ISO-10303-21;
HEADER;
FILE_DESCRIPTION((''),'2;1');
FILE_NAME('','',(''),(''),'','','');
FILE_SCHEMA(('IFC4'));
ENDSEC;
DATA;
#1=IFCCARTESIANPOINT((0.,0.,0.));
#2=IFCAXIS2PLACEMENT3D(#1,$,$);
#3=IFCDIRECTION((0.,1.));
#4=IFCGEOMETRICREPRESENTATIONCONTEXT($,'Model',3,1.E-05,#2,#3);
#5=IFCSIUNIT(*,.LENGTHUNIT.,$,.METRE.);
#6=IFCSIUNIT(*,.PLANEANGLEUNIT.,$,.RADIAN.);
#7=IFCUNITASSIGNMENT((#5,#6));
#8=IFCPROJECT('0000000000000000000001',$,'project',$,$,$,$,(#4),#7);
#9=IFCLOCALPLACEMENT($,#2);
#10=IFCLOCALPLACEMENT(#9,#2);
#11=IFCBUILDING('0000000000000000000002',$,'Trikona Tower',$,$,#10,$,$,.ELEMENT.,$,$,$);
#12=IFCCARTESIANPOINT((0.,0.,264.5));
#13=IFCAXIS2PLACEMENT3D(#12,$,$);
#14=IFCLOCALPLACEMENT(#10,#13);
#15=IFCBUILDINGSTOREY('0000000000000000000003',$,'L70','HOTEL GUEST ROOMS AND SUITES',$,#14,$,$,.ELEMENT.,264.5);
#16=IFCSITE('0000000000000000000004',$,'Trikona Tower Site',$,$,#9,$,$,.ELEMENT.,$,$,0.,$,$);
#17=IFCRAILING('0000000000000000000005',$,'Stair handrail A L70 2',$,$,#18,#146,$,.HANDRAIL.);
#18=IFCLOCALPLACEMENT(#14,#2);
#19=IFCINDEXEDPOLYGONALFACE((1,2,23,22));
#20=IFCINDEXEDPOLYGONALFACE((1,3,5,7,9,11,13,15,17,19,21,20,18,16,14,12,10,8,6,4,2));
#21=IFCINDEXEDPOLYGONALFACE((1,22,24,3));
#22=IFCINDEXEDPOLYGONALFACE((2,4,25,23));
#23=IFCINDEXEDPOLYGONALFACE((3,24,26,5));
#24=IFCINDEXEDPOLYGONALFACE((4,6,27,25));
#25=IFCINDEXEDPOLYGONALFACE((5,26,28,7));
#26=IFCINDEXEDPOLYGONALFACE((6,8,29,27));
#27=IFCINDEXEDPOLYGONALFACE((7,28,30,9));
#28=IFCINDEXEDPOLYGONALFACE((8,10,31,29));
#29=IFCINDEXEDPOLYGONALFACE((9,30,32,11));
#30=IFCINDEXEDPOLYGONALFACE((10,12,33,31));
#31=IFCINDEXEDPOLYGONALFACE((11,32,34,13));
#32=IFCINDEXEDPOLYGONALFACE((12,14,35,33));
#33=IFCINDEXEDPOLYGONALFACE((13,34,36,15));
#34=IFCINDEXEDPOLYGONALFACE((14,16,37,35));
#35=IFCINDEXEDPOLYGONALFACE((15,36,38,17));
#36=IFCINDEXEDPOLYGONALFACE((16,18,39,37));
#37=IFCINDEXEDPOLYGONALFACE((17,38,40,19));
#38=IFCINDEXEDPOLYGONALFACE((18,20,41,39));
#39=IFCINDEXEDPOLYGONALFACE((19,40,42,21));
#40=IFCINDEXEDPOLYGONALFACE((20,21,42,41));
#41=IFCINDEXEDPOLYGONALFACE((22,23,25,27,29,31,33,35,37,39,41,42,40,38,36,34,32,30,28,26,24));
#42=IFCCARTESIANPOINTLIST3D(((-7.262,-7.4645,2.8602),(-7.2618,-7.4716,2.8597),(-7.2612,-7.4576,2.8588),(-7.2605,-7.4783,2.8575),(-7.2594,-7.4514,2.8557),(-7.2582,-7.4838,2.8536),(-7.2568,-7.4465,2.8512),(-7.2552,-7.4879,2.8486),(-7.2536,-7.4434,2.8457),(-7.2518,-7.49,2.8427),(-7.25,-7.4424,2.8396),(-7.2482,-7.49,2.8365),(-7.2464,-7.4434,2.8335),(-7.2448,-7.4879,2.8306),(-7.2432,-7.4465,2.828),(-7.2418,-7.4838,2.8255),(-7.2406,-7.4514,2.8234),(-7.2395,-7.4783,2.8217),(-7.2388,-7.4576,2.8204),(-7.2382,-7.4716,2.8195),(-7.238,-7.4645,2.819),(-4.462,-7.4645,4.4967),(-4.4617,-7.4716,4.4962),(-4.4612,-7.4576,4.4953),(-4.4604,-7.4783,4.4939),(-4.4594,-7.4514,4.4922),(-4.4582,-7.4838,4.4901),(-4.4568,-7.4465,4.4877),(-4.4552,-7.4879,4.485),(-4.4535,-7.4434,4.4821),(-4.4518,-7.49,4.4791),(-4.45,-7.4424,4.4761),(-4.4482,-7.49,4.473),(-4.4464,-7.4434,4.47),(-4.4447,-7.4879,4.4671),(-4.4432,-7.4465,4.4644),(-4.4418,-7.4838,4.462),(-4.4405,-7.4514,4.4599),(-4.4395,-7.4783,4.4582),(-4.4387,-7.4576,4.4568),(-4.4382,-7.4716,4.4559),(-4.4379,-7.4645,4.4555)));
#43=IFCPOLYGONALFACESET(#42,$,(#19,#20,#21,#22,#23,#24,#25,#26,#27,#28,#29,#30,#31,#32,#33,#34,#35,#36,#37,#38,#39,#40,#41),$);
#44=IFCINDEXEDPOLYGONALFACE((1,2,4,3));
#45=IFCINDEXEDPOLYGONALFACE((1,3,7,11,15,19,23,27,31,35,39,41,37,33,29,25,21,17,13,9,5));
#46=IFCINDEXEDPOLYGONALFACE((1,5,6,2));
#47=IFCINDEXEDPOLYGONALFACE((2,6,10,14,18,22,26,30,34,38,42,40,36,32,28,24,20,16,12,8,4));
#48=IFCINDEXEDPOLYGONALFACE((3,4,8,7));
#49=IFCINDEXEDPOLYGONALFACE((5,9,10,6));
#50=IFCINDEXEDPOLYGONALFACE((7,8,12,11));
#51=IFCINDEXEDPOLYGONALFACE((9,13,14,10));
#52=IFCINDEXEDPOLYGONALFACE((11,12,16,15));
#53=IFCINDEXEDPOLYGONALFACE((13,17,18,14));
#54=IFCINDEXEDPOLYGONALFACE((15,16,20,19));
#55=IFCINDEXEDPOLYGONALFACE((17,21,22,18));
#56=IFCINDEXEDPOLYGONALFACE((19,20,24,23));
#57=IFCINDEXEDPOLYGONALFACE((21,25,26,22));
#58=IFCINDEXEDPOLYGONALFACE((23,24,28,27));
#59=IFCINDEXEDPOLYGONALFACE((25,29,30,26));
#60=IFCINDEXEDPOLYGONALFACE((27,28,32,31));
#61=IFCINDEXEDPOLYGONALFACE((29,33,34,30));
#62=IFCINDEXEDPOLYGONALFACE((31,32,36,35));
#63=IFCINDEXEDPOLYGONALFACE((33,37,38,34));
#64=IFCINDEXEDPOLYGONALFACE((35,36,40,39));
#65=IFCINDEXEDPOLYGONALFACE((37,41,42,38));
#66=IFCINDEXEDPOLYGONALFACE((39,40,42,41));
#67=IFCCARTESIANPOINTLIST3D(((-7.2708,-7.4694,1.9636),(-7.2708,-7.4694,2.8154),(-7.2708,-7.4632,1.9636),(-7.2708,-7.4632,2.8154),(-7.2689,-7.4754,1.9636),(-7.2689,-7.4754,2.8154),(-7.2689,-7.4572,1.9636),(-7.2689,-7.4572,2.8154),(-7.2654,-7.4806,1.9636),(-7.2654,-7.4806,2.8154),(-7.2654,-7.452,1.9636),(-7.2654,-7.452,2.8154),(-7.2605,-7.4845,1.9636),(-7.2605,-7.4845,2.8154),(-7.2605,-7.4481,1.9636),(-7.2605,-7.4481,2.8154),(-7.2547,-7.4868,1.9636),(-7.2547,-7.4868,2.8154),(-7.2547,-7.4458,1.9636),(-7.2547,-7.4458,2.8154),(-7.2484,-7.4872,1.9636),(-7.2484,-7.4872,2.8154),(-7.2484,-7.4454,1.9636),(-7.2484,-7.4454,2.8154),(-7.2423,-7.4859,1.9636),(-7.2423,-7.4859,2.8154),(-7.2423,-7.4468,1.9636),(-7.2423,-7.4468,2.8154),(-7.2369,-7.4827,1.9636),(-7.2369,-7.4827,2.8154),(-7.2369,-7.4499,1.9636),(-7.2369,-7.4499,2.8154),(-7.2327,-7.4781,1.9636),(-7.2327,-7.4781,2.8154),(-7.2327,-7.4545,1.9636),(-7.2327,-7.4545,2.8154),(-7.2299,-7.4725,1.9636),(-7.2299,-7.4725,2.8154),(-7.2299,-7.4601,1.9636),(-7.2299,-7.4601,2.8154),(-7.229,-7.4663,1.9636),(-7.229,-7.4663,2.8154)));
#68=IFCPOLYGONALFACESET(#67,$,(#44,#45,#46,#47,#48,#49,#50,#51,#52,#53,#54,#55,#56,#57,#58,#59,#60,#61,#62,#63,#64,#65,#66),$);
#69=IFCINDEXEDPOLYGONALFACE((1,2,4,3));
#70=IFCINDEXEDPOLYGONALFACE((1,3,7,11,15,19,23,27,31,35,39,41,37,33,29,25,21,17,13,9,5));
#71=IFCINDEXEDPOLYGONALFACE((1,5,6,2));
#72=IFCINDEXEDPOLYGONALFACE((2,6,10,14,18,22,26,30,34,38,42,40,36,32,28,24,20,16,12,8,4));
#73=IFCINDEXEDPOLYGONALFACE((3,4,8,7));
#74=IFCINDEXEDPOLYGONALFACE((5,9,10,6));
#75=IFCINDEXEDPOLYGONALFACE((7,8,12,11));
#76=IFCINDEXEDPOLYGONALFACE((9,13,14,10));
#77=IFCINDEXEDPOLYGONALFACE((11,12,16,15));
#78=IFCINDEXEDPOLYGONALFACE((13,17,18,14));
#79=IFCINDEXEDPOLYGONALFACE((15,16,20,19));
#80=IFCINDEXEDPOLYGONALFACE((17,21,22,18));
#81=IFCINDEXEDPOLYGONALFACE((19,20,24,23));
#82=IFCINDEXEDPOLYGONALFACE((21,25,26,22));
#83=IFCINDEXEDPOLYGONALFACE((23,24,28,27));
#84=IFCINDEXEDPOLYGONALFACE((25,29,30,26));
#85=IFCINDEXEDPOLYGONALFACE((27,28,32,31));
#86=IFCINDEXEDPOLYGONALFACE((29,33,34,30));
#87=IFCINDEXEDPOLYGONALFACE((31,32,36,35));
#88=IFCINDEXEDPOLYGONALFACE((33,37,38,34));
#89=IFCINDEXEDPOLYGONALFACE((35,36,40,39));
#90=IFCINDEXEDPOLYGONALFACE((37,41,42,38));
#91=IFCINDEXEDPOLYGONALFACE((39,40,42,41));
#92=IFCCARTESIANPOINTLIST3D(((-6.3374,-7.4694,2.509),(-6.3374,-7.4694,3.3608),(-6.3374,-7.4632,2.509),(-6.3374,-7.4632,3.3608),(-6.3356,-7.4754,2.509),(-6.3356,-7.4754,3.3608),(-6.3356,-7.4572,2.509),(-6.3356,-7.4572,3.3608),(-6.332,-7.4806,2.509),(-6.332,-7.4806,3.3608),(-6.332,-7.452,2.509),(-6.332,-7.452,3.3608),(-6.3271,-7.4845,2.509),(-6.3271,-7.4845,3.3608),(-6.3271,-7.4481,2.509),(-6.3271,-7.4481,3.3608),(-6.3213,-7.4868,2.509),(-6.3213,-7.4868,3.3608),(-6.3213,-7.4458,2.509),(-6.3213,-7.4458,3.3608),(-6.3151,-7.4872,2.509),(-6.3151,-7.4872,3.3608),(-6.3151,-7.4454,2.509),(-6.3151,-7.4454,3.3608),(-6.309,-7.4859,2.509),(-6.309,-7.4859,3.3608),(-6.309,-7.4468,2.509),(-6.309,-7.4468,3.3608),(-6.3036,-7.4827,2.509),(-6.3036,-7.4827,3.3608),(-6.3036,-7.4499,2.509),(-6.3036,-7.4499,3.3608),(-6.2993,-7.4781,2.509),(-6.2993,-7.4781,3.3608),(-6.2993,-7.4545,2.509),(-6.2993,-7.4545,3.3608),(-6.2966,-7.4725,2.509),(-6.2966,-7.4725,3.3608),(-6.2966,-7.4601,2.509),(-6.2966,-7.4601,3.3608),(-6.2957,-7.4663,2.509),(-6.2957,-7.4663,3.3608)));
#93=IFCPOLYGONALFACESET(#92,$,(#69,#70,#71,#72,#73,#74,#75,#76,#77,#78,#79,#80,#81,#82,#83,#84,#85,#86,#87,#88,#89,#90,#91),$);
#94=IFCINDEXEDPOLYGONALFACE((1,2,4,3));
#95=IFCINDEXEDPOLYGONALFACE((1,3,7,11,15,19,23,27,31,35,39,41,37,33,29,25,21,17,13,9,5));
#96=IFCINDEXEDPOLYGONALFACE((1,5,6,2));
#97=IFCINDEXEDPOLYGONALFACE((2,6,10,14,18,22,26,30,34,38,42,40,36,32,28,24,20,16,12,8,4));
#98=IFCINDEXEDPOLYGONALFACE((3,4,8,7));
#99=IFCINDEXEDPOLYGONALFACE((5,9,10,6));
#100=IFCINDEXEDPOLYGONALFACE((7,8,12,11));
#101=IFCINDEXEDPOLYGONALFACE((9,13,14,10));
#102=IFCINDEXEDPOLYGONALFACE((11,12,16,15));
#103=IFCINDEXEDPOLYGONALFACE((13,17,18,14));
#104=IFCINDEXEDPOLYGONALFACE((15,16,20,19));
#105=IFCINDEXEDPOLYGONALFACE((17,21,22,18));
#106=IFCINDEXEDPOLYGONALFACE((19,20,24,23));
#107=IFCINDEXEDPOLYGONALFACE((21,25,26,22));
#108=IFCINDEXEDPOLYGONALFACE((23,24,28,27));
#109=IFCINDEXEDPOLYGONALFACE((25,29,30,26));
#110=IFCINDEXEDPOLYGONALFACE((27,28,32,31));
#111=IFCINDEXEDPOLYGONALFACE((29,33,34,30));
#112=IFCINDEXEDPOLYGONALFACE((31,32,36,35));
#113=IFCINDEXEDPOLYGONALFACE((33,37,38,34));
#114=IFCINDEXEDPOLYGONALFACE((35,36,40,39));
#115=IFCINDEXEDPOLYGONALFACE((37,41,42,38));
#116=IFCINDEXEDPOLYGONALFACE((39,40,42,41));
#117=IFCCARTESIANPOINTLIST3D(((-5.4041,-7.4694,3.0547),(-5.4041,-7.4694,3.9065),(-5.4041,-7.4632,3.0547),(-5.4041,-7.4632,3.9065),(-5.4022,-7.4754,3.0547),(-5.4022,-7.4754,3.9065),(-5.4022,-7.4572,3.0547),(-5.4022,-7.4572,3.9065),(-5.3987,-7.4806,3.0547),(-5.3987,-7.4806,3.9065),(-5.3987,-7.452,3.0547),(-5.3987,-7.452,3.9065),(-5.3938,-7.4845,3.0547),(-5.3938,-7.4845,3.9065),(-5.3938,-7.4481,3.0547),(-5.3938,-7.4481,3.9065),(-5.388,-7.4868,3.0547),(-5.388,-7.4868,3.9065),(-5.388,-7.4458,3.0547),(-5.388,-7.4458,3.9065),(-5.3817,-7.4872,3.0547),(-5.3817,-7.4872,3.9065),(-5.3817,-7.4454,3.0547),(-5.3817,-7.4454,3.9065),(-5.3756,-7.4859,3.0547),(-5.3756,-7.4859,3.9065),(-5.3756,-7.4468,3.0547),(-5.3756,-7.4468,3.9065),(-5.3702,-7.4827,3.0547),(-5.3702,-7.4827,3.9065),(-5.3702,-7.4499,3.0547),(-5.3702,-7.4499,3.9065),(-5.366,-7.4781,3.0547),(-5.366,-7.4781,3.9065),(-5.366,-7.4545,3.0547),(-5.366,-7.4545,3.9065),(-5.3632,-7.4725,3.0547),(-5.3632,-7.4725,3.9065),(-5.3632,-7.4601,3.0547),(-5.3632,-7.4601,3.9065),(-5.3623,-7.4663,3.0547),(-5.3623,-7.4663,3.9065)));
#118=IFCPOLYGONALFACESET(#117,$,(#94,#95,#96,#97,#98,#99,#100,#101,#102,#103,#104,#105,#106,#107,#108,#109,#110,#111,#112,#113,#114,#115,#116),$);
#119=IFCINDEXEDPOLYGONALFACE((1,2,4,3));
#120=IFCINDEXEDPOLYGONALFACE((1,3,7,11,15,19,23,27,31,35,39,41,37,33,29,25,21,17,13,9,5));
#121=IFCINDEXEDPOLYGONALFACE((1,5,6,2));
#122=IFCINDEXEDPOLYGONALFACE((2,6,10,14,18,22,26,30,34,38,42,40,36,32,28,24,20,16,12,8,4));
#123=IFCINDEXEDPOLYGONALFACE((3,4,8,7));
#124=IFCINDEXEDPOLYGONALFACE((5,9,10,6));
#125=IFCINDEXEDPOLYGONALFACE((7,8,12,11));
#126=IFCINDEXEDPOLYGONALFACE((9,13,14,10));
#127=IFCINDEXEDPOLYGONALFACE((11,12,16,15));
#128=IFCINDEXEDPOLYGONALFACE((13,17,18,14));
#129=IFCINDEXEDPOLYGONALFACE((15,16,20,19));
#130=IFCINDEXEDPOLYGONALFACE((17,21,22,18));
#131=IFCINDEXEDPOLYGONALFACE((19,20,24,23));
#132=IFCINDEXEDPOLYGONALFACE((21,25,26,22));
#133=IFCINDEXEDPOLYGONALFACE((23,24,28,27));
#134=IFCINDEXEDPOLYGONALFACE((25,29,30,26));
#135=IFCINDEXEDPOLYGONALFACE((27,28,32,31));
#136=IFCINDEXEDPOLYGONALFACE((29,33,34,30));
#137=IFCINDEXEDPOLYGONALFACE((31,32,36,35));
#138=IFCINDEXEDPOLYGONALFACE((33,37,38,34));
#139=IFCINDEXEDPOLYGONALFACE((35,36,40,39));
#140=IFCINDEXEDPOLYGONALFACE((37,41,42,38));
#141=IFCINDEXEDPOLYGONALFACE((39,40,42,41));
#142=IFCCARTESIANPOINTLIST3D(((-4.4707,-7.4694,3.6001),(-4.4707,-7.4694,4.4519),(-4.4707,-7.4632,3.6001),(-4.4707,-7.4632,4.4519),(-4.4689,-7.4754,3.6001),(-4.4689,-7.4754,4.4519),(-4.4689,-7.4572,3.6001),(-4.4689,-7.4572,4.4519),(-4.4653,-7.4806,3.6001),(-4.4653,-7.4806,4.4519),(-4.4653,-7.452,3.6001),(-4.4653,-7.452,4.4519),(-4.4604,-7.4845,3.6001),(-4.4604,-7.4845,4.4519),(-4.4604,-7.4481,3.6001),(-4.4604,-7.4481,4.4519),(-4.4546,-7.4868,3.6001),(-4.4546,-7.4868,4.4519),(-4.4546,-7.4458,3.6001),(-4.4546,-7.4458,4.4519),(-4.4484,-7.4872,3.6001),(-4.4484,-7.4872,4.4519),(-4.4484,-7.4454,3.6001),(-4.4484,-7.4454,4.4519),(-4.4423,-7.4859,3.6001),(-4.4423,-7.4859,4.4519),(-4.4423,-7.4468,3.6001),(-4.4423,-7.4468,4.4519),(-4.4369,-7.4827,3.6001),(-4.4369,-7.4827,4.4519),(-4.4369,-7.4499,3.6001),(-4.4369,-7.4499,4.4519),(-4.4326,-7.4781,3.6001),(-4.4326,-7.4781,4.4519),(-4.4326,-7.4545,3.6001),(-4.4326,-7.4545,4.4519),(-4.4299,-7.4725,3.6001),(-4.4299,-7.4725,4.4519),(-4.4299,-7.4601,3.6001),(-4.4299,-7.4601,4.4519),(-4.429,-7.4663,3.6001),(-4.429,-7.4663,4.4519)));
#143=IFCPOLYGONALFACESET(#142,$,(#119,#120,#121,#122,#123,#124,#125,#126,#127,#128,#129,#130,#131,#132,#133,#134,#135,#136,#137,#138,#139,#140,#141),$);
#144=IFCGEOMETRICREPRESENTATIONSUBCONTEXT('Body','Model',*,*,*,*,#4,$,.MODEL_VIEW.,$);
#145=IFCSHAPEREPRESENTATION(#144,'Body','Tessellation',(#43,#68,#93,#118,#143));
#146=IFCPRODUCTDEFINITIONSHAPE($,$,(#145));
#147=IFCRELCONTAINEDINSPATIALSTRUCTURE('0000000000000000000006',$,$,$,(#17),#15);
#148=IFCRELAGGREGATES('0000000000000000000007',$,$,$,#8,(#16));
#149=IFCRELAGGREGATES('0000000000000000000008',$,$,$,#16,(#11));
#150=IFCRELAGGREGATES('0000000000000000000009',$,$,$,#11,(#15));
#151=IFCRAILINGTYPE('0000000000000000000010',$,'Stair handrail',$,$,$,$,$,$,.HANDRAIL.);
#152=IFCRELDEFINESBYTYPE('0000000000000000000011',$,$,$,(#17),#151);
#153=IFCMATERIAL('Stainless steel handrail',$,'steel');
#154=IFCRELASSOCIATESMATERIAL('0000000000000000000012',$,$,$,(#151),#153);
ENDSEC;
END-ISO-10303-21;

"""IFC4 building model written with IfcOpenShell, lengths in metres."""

from ifc_helpers import new_model, si_unit, direction, frame, origin, origin_2d, place, context, subcontext, project, spatial, circle, extrude, material, type_object, element, save


model = new_model("IFC4")

# Units and contexts
model_context = context("Model", 3, precision=1e-05, world=origin(), true_north=direction((0.0, 1.0)))
body_context = subcontext(model_context, "Body", "Model", "MODEL_VIEW")
ifc_project = project(units=[si_unit("LENGTHUNIT", "METRE"), si_unit("PLANEANGLEUNIT", "RADIAN")], contexts=[model_context])

# Site, building, storey
site_placement = place(None, origin())
site = spatial("IfcSite", under=ifc_project, at=site_placement, Name="Trikona Tower Site", CompositionType="ELEMENT", RefElevation=0.0)
building_placement = place(site_placement, origin())
building = spatial("IfcBuilding", under=site, at=building_placement, Name="Trikona Tower", CompositionType="ELEMENT")
storey_placement = place(building_placement, frame((0.0, 0.0, 264.5)))
storey = spatial("IfcBuildingStorey", under=building, at=storey_placement, Name="L70", Description="HOTEL GUEST ROOMS AND SUITES", CompositionType="ELEMENT", Elevation=264.5)

# Railing
ifc_material_1 = material(Name="Stainless steel handrail", Category="steel")
railing_type = type_object("IfcRailingType", Name="Stair handrail", PredefinedType="HANDRAIL", material=ifc_material_1)
railing_1_placement = place(storey_placement, frame((-7.25, -7.4663, 1.9636)))
element("IfcRailing", 1, at=railing_1_placement, inside=storey, type_object=railing_type, Name="Stair handrail A L70 2", PredefinedType="HANDRAIL", context=body_context, shape_type="SweptSolid", body=[
    extrude(circle(Radius=0.0239, at=origin_2d()), frame((0.0, 0.0, 0.876), z_axis=(0.863361, 0.0, 0.504587), x_axis=(0.0, 1.0, 0.0)), (0.0, 0.0, 1.0), 3.2432),
    extrude(circle(Radius=0.021, at=origin_2d()), origin(), (0.0, 0.0, 1.0), 0.8518),
    extrude(circle(Radius=0.021, at=origin_2d()), frame((0.9333, 0.0, 0.5454)), (0.0, 0.0, 1.0), 0.8518),
    extrude(circle(Radius=0.021, at=origin_2d()), frame((1.8667, 0.0, 1.0911)), (0.0, 0.0, 1.0), 0.8518),
    extrude(circle(Radius=0.021, at=origin_2d()), frame((2.8, 0.0, 1.6365)), (0.0, 0.0, 1.0), 0.8518),
])

save(model, "model.ifc")
